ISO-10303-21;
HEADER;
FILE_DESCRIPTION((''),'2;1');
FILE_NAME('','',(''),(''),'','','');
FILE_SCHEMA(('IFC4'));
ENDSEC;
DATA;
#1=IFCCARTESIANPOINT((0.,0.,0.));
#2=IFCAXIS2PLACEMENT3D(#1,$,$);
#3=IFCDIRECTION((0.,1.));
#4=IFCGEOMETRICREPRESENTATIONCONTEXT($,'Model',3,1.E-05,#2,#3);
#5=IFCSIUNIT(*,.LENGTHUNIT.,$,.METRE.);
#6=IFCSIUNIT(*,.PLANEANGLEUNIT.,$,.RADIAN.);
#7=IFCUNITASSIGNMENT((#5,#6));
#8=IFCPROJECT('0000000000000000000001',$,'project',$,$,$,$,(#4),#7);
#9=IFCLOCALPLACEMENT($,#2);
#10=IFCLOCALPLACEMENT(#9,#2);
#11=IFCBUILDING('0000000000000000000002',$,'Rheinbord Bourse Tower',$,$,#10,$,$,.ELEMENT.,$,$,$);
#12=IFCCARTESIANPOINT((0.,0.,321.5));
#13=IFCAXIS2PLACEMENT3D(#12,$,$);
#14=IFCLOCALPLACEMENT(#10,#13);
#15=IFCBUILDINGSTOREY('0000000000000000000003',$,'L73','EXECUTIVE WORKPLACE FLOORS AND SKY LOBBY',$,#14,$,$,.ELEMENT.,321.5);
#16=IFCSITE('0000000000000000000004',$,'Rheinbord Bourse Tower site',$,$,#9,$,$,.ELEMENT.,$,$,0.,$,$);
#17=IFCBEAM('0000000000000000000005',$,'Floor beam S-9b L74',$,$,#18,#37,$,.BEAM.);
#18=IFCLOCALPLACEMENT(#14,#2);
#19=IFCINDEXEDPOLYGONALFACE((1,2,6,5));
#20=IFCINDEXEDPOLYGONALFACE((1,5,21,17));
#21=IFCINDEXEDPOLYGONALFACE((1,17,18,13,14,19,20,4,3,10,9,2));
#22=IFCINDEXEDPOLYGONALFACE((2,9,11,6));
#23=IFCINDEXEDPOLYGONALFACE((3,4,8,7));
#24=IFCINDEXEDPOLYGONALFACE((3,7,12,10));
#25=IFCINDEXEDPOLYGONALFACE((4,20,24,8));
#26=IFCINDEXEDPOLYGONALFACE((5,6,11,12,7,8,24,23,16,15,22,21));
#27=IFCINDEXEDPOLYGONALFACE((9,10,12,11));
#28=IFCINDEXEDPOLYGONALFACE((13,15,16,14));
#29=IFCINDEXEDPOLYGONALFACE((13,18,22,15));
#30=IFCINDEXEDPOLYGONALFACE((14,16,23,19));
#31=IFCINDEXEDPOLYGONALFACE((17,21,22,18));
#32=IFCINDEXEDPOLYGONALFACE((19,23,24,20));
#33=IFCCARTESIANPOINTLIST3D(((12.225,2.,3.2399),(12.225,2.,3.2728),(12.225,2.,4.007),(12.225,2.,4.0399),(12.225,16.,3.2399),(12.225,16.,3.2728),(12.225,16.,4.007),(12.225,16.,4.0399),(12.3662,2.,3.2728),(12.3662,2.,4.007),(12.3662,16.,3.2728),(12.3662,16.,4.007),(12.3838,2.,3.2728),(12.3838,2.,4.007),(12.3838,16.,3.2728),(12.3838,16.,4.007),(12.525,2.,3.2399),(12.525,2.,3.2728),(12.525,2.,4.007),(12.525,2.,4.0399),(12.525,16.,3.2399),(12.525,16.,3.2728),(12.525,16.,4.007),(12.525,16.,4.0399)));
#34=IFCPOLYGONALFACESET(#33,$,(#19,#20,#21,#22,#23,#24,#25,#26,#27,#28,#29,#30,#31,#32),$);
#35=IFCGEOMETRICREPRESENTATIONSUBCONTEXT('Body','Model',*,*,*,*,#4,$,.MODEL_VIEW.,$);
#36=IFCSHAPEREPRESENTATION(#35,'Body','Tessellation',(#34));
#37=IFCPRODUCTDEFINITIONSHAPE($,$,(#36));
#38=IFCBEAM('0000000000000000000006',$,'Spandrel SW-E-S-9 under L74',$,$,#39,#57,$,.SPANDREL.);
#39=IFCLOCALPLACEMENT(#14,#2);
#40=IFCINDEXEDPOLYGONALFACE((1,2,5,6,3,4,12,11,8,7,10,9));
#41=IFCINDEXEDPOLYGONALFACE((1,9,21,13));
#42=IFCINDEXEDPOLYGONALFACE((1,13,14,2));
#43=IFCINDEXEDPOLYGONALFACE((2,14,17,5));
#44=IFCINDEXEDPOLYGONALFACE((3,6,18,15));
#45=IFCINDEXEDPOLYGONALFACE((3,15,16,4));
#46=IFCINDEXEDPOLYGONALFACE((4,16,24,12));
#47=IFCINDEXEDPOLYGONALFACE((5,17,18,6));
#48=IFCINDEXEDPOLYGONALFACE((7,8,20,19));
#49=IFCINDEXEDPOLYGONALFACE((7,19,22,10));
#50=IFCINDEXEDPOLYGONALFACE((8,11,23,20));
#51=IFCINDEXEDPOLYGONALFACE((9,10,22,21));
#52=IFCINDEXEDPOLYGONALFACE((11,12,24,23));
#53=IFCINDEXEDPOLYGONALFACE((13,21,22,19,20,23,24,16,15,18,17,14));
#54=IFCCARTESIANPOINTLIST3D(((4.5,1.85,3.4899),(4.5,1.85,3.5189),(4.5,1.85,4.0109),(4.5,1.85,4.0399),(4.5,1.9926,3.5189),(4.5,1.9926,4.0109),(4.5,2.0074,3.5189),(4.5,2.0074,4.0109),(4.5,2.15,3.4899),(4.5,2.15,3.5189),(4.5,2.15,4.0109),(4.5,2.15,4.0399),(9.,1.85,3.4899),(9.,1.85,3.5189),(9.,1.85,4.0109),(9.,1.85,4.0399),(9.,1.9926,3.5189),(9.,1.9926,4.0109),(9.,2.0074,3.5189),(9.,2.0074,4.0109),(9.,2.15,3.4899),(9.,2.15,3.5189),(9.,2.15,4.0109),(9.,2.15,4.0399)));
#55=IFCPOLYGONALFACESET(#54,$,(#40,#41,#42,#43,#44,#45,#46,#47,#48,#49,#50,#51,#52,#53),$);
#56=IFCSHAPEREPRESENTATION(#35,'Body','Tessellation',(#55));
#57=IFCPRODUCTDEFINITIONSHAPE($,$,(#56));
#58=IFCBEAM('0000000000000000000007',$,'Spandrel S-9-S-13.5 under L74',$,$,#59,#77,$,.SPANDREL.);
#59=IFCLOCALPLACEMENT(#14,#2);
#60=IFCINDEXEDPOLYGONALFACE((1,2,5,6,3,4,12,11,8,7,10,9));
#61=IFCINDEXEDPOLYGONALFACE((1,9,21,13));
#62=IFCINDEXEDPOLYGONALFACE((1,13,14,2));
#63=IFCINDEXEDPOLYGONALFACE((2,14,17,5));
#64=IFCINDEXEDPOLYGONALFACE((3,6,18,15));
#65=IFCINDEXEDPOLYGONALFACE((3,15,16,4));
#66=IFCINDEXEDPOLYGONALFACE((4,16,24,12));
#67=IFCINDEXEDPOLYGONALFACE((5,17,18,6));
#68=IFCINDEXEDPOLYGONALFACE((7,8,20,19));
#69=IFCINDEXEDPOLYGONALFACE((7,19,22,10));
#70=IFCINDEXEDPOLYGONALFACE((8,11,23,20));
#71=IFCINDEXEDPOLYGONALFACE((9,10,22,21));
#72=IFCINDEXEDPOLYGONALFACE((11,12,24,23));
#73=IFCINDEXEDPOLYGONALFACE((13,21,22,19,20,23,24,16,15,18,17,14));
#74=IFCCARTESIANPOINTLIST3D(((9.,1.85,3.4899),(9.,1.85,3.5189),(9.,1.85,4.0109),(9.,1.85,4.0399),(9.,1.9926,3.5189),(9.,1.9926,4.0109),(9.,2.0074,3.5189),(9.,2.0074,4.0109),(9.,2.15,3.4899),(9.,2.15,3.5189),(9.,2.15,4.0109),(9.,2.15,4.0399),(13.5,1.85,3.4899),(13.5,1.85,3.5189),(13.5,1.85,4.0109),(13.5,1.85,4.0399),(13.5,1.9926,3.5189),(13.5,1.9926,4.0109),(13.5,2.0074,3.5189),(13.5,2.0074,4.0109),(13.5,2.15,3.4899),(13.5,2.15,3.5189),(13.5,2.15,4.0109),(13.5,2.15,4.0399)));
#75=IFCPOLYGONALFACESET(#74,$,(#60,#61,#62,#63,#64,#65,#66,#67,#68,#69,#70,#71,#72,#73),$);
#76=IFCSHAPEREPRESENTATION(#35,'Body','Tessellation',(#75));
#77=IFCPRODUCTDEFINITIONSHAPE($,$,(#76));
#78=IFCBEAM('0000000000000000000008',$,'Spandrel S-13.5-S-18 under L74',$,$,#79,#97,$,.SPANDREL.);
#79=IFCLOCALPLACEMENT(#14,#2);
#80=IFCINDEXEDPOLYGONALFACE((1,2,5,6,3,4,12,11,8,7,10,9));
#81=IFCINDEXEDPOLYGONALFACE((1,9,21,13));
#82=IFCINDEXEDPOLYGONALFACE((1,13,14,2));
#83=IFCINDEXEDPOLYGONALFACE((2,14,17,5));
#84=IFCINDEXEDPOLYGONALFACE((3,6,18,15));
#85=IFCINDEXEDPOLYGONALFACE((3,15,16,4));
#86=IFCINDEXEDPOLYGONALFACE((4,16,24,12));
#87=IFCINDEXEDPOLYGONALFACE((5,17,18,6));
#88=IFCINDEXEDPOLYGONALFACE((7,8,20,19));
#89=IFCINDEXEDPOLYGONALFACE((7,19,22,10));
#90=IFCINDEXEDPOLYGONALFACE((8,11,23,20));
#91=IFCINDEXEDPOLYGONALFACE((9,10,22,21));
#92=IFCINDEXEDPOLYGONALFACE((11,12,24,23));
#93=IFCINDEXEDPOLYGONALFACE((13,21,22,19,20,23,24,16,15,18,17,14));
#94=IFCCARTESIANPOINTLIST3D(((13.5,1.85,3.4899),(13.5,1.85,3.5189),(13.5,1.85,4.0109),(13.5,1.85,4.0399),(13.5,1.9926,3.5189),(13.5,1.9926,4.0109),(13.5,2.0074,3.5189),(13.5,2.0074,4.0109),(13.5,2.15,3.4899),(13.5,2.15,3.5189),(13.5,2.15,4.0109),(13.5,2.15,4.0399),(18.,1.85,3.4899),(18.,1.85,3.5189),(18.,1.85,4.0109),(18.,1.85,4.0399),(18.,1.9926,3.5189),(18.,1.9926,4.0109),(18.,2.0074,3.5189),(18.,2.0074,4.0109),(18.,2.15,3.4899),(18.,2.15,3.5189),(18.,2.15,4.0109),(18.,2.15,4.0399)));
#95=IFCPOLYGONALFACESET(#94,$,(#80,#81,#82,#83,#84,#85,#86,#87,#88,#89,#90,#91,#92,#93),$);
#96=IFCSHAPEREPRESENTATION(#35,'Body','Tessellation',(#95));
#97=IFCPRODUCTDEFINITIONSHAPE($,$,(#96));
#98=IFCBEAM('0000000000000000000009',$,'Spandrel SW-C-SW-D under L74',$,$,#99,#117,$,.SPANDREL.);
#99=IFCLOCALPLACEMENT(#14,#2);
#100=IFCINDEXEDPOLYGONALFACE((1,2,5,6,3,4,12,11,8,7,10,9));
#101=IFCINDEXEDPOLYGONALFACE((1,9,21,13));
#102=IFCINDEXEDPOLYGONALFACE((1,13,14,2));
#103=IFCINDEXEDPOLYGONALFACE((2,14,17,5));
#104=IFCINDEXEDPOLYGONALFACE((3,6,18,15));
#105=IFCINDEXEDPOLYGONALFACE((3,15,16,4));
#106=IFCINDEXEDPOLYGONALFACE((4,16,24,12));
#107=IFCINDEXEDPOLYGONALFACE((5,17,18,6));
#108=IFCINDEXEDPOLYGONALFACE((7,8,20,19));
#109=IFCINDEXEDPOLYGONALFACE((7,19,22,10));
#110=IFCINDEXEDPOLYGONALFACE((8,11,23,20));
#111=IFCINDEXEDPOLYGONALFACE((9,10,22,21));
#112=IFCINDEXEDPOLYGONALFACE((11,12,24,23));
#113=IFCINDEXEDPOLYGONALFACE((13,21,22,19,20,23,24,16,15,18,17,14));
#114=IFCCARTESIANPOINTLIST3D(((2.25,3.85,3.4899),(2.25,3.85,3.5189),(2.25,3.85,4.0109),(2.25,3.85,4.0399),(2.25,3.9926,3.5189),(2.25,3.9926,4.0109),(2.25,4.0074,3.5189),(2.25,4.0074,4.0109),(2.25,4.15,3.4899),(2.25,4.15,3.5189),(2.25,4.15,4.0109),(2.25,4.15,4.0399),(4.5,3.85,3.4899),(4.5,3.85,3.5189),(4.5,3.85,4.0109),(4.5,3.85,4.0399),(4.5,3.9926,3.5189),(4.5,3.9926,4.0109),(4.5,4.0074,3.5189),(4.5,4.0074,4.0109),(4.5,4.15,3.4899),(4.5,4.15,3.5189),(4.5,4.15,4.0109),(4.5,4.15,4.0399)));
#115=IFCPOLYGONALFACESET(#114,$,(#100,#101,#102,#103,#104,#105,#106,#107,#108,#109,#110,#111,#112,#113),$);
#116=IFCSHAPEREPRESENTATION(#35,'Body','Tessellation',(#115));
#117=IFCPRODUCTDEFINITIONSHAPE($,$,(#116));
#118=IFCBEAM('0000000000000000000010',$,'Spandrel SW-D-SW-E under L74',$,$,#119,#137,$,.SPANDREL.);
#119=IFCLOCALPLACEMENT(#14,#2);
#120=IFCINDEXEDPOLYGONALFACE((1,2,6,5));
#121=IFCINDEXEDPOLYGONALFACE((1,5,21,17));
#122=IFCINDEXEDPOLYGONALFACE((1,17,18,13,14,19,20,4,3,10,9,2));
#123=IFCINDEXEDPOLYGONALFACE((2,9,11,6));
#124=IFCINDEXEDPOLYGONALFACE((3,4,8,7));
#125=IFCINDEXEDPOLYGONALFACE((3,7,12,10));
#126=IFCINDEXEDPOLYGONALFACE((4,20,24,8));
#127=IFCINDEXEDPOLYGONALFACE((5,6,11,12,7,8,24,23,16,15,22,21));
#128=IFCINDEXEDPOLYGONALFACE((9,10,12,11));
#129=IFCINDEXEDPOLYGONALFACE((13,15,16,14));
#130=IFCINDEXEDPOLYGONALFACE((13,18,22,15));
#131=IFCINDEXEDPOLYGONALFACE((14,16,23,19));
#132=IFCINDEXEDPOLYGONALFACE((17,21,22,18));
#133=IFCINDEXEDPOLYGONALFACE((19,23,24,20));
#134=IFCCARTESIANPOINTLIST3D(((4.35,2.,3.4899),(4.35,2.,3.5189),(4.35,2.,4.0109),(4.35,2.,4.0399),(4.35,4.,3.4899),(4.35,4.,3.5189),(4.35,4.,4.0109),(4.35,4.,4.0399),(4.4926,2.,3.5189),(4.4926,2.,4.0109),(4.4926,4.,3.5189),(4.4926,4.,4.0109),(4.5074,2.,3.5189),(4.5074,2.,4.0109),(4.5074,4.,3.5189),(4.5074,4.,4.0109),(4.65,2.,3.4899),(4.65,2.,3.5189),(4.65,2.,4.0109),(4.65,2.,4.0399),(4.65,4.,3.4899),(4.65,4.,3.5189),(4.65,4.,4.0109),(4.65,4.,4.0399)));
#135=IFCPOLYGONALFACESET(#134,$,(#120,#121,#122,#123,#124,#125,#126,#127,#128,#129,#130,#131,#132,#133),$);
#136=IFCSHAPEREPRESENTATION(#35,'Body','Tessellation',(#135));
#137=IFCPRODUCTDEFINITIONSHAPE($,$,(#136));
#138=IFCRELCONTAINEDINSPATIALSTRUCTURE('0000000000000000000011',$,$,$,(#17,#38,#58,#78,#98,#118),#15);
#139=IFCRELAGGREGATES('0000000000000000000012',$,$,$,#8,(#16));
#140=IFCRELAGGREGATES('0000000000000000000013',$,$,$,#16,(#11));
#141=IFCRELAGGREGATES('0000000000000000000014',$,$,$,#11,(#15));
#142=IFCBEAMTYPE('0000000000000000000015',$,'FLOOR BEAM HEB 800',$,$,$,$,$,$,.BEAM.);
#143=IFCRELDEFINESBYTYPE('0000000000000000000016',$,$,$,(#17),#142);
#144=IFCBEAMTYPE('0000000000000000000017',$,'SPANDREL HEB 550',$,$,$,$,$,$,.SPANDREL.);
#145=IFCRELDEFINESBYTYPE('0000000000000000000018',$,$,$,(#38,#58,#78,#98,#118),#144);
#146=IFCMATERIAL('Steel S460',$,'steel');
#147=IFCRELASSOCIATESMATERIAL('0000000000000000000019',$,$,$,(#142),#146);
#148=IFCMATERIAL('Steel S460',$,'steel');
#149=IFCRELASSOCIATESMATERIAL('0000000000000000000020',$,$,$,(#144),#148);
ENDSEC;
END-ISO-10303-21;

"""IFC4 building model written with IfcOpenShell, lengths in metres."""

from ifc_helpers import new_model, si_unit, direction, frame, origin, origin_2d, place, context, subcontext, project, spatial, i_section, extrude, material, material_profile, profile_set, type_object, element, save


model = new_model("IFC4")

# Units and contexts
model_context = context("Model", 3, precision=1e-05, world=origin(), true_north=direction((0.0, 1.0)))
body_context = subcontext(model_context, "Body", "Model", "MODEL_VIEW")
ifc_project = project(units=[si_unit("LENGTHUNIT", "METRE"), si_unit("PLANEANGLEUNIT", "RADIAN")], contexts=[model_context])

# Site, building, storey
site_placement = place(None, origin())
site = spatial("IfcSite", under=ifc_project, at=site_placement, Name="Rheinbord Bourse Tower site", CompositionType="ELEMENT", RefElevation=0.0)
building_placement = place(site_placement, origin())
building = spatial("IfcBuilding", under=site, at=building_placement, Name="Rheinbord Bourse Tower", CompositionType="ELEMENT")
storey_placement = place(building_placement, frame((0.0, 0.0, 321.5)))
storey = spatial("IfcBuildingStorey", under=building, at=storey_placement, Name="L73", Description="EXECUTIVE WORKPLACE FLOORS AND SKY LOBBY", CompositionType="ELEMENT", Elevation=321.5)

# Beams
ifc_material_1 = material(Name="Steel S460", Category="steel")
ifc_material_profile_1 = material_profile(ifc_material_1, i_section(OverallWidth=0.3, OverallDepth=0.8, WebThickness=0.0176, FlangeThickness=0.033, at=origin_2d()), Name="HEB 800")
ifc_profile_set_1 = profile_set([ifc_material_profile_1], Name="Steel S460")
beam_type_1 = type_object("IfcBeamType", Name="FLOOR BEAM HEB 800", PredefinedType="BEAM", material=ifc_profile_set_1)
for number, where, z_axis, x_axis, name in (
    (1, (12.375, 2.0, 3.6399), (0.0, 1.0, 0.0), (-1.0, 0.0, 0.0), "Floor beam S-9b L74"),
):
    element("IfcBeam", number, at=place(storey_placement, frame(where, z_axis=z_axis, x_axis=x_axis)), inside=storey, type_object=beam_type_1, Name=name, PredefinedType="BEAM", context=body_context, shape_type="SweptSolid", body=[
        extrude(i_section(OverallWidth=0.3, OverallDepth=0.8, WebThickness=0.0176, FlangeThickness=0.033, at=origin_2d()), origin(), (0.0, 0.0, 1.0), 14.0),
    ])
ifc_material_2 = material(Name="Steel S460", Category="steel")
ifc_material_profile_2 = material_profile(ifc_material_2, i_section(OverallWidth=0.3, OverallDepth=0.55, WebThickness=0.0149, FlangeThickness=0.0291, at=origin_2d()), Name="HEB 550")
ifc_profile_set_2 = profile_set([ifc_material_profile_2], Name="Steel S460")
beam_type_2 = type_object("IfcBeamType", Name="SPANDREL HEB 550", PredefinedType="SPANDREL", material=ifc_profile_set_2)
for number, where, z_axis, x_axis, name in (
    (2, (4.5, 2.0, 3.7649), (1.0, 0.0, 0.0), (0.0, 1.0, 0.0), "Spandrel SW-E-S-9 under L74"),
    (3, (9.0, 2.0, 3.7649), (1.0, 0.0, 0.0), (0.0, 1.0, 0.0), "Spandrel S-9-S-13.5 under L74"),
    (4, (13.5, 2.0, 3.7649), (1.0, 0.0, 0.0), (0.0, 1.0, 0.0), "Spandrel S-13.5-S-18 under L74"),
):
    element("IfcBeam", number, at=place(storey_placement, frame(where, z_axis=z_axis, x_axis=x_axis)), inside=storey, type_object=beam_type_2, Name=name, PredefinedType="SPANDREL", context=body_context, shape_type="SweptSolid", body=[
        extrude(i_section(OverallWidth=0.3, OverallDepth=0.55, WebThickness=0.0149, FlangeThickness=0.0291, at=origin_2d()), origin(), (0.0, 0.0, 1.0), 4.5),
    ])
beam_1_placement = place(storey_placement, frame((2.25, 4.0, 3.7649), z_axis=(1.0, 0.0, 0.0), x_axis=(0.0, 1.0, 0.0)))
element("IfcBeam", 5, at=beam_1_placement, inside=storey, type_object=beam_type_2, Name="Spandrel SW-C-SW-D under L74", PredefinedType="SPANDREL", context=body_context, shape_type="SweptSolid", body=[
    extrude(i_section(OverallWidth=0.3, OverallDepth=0.55, WebThickness=0.0149, FlangeThickness=0.0291, at=origin_2d()), origin(), (0.0, 0.0, 1.0), 2.25),
])
beam_2_placement = place(storey_placement, frame((4.5, 4.0, 3.7649), z_axis=(0.0, -1.0, 0.0), x_axis=(1.0, 0.0, 0.0)))
element("IfcBeam", 6, at=beam_2_placement, inside=storey, type_object=beam_type_2, Name="Spandrel SW-D-SW-E under L74", PredefinedType="SPANDREL", context=body_context, shape_type="SweptSolid", body=[
    extrude(i_section(OverallWidth=0.3, OverallDepth=0.55, WebThickness=0.0149, FlangeThickness=0.0291, at=origin_2d()), origin(), (0.0, 0.0, 1.0), 2.0),
])

save(model, "model.ifc")
